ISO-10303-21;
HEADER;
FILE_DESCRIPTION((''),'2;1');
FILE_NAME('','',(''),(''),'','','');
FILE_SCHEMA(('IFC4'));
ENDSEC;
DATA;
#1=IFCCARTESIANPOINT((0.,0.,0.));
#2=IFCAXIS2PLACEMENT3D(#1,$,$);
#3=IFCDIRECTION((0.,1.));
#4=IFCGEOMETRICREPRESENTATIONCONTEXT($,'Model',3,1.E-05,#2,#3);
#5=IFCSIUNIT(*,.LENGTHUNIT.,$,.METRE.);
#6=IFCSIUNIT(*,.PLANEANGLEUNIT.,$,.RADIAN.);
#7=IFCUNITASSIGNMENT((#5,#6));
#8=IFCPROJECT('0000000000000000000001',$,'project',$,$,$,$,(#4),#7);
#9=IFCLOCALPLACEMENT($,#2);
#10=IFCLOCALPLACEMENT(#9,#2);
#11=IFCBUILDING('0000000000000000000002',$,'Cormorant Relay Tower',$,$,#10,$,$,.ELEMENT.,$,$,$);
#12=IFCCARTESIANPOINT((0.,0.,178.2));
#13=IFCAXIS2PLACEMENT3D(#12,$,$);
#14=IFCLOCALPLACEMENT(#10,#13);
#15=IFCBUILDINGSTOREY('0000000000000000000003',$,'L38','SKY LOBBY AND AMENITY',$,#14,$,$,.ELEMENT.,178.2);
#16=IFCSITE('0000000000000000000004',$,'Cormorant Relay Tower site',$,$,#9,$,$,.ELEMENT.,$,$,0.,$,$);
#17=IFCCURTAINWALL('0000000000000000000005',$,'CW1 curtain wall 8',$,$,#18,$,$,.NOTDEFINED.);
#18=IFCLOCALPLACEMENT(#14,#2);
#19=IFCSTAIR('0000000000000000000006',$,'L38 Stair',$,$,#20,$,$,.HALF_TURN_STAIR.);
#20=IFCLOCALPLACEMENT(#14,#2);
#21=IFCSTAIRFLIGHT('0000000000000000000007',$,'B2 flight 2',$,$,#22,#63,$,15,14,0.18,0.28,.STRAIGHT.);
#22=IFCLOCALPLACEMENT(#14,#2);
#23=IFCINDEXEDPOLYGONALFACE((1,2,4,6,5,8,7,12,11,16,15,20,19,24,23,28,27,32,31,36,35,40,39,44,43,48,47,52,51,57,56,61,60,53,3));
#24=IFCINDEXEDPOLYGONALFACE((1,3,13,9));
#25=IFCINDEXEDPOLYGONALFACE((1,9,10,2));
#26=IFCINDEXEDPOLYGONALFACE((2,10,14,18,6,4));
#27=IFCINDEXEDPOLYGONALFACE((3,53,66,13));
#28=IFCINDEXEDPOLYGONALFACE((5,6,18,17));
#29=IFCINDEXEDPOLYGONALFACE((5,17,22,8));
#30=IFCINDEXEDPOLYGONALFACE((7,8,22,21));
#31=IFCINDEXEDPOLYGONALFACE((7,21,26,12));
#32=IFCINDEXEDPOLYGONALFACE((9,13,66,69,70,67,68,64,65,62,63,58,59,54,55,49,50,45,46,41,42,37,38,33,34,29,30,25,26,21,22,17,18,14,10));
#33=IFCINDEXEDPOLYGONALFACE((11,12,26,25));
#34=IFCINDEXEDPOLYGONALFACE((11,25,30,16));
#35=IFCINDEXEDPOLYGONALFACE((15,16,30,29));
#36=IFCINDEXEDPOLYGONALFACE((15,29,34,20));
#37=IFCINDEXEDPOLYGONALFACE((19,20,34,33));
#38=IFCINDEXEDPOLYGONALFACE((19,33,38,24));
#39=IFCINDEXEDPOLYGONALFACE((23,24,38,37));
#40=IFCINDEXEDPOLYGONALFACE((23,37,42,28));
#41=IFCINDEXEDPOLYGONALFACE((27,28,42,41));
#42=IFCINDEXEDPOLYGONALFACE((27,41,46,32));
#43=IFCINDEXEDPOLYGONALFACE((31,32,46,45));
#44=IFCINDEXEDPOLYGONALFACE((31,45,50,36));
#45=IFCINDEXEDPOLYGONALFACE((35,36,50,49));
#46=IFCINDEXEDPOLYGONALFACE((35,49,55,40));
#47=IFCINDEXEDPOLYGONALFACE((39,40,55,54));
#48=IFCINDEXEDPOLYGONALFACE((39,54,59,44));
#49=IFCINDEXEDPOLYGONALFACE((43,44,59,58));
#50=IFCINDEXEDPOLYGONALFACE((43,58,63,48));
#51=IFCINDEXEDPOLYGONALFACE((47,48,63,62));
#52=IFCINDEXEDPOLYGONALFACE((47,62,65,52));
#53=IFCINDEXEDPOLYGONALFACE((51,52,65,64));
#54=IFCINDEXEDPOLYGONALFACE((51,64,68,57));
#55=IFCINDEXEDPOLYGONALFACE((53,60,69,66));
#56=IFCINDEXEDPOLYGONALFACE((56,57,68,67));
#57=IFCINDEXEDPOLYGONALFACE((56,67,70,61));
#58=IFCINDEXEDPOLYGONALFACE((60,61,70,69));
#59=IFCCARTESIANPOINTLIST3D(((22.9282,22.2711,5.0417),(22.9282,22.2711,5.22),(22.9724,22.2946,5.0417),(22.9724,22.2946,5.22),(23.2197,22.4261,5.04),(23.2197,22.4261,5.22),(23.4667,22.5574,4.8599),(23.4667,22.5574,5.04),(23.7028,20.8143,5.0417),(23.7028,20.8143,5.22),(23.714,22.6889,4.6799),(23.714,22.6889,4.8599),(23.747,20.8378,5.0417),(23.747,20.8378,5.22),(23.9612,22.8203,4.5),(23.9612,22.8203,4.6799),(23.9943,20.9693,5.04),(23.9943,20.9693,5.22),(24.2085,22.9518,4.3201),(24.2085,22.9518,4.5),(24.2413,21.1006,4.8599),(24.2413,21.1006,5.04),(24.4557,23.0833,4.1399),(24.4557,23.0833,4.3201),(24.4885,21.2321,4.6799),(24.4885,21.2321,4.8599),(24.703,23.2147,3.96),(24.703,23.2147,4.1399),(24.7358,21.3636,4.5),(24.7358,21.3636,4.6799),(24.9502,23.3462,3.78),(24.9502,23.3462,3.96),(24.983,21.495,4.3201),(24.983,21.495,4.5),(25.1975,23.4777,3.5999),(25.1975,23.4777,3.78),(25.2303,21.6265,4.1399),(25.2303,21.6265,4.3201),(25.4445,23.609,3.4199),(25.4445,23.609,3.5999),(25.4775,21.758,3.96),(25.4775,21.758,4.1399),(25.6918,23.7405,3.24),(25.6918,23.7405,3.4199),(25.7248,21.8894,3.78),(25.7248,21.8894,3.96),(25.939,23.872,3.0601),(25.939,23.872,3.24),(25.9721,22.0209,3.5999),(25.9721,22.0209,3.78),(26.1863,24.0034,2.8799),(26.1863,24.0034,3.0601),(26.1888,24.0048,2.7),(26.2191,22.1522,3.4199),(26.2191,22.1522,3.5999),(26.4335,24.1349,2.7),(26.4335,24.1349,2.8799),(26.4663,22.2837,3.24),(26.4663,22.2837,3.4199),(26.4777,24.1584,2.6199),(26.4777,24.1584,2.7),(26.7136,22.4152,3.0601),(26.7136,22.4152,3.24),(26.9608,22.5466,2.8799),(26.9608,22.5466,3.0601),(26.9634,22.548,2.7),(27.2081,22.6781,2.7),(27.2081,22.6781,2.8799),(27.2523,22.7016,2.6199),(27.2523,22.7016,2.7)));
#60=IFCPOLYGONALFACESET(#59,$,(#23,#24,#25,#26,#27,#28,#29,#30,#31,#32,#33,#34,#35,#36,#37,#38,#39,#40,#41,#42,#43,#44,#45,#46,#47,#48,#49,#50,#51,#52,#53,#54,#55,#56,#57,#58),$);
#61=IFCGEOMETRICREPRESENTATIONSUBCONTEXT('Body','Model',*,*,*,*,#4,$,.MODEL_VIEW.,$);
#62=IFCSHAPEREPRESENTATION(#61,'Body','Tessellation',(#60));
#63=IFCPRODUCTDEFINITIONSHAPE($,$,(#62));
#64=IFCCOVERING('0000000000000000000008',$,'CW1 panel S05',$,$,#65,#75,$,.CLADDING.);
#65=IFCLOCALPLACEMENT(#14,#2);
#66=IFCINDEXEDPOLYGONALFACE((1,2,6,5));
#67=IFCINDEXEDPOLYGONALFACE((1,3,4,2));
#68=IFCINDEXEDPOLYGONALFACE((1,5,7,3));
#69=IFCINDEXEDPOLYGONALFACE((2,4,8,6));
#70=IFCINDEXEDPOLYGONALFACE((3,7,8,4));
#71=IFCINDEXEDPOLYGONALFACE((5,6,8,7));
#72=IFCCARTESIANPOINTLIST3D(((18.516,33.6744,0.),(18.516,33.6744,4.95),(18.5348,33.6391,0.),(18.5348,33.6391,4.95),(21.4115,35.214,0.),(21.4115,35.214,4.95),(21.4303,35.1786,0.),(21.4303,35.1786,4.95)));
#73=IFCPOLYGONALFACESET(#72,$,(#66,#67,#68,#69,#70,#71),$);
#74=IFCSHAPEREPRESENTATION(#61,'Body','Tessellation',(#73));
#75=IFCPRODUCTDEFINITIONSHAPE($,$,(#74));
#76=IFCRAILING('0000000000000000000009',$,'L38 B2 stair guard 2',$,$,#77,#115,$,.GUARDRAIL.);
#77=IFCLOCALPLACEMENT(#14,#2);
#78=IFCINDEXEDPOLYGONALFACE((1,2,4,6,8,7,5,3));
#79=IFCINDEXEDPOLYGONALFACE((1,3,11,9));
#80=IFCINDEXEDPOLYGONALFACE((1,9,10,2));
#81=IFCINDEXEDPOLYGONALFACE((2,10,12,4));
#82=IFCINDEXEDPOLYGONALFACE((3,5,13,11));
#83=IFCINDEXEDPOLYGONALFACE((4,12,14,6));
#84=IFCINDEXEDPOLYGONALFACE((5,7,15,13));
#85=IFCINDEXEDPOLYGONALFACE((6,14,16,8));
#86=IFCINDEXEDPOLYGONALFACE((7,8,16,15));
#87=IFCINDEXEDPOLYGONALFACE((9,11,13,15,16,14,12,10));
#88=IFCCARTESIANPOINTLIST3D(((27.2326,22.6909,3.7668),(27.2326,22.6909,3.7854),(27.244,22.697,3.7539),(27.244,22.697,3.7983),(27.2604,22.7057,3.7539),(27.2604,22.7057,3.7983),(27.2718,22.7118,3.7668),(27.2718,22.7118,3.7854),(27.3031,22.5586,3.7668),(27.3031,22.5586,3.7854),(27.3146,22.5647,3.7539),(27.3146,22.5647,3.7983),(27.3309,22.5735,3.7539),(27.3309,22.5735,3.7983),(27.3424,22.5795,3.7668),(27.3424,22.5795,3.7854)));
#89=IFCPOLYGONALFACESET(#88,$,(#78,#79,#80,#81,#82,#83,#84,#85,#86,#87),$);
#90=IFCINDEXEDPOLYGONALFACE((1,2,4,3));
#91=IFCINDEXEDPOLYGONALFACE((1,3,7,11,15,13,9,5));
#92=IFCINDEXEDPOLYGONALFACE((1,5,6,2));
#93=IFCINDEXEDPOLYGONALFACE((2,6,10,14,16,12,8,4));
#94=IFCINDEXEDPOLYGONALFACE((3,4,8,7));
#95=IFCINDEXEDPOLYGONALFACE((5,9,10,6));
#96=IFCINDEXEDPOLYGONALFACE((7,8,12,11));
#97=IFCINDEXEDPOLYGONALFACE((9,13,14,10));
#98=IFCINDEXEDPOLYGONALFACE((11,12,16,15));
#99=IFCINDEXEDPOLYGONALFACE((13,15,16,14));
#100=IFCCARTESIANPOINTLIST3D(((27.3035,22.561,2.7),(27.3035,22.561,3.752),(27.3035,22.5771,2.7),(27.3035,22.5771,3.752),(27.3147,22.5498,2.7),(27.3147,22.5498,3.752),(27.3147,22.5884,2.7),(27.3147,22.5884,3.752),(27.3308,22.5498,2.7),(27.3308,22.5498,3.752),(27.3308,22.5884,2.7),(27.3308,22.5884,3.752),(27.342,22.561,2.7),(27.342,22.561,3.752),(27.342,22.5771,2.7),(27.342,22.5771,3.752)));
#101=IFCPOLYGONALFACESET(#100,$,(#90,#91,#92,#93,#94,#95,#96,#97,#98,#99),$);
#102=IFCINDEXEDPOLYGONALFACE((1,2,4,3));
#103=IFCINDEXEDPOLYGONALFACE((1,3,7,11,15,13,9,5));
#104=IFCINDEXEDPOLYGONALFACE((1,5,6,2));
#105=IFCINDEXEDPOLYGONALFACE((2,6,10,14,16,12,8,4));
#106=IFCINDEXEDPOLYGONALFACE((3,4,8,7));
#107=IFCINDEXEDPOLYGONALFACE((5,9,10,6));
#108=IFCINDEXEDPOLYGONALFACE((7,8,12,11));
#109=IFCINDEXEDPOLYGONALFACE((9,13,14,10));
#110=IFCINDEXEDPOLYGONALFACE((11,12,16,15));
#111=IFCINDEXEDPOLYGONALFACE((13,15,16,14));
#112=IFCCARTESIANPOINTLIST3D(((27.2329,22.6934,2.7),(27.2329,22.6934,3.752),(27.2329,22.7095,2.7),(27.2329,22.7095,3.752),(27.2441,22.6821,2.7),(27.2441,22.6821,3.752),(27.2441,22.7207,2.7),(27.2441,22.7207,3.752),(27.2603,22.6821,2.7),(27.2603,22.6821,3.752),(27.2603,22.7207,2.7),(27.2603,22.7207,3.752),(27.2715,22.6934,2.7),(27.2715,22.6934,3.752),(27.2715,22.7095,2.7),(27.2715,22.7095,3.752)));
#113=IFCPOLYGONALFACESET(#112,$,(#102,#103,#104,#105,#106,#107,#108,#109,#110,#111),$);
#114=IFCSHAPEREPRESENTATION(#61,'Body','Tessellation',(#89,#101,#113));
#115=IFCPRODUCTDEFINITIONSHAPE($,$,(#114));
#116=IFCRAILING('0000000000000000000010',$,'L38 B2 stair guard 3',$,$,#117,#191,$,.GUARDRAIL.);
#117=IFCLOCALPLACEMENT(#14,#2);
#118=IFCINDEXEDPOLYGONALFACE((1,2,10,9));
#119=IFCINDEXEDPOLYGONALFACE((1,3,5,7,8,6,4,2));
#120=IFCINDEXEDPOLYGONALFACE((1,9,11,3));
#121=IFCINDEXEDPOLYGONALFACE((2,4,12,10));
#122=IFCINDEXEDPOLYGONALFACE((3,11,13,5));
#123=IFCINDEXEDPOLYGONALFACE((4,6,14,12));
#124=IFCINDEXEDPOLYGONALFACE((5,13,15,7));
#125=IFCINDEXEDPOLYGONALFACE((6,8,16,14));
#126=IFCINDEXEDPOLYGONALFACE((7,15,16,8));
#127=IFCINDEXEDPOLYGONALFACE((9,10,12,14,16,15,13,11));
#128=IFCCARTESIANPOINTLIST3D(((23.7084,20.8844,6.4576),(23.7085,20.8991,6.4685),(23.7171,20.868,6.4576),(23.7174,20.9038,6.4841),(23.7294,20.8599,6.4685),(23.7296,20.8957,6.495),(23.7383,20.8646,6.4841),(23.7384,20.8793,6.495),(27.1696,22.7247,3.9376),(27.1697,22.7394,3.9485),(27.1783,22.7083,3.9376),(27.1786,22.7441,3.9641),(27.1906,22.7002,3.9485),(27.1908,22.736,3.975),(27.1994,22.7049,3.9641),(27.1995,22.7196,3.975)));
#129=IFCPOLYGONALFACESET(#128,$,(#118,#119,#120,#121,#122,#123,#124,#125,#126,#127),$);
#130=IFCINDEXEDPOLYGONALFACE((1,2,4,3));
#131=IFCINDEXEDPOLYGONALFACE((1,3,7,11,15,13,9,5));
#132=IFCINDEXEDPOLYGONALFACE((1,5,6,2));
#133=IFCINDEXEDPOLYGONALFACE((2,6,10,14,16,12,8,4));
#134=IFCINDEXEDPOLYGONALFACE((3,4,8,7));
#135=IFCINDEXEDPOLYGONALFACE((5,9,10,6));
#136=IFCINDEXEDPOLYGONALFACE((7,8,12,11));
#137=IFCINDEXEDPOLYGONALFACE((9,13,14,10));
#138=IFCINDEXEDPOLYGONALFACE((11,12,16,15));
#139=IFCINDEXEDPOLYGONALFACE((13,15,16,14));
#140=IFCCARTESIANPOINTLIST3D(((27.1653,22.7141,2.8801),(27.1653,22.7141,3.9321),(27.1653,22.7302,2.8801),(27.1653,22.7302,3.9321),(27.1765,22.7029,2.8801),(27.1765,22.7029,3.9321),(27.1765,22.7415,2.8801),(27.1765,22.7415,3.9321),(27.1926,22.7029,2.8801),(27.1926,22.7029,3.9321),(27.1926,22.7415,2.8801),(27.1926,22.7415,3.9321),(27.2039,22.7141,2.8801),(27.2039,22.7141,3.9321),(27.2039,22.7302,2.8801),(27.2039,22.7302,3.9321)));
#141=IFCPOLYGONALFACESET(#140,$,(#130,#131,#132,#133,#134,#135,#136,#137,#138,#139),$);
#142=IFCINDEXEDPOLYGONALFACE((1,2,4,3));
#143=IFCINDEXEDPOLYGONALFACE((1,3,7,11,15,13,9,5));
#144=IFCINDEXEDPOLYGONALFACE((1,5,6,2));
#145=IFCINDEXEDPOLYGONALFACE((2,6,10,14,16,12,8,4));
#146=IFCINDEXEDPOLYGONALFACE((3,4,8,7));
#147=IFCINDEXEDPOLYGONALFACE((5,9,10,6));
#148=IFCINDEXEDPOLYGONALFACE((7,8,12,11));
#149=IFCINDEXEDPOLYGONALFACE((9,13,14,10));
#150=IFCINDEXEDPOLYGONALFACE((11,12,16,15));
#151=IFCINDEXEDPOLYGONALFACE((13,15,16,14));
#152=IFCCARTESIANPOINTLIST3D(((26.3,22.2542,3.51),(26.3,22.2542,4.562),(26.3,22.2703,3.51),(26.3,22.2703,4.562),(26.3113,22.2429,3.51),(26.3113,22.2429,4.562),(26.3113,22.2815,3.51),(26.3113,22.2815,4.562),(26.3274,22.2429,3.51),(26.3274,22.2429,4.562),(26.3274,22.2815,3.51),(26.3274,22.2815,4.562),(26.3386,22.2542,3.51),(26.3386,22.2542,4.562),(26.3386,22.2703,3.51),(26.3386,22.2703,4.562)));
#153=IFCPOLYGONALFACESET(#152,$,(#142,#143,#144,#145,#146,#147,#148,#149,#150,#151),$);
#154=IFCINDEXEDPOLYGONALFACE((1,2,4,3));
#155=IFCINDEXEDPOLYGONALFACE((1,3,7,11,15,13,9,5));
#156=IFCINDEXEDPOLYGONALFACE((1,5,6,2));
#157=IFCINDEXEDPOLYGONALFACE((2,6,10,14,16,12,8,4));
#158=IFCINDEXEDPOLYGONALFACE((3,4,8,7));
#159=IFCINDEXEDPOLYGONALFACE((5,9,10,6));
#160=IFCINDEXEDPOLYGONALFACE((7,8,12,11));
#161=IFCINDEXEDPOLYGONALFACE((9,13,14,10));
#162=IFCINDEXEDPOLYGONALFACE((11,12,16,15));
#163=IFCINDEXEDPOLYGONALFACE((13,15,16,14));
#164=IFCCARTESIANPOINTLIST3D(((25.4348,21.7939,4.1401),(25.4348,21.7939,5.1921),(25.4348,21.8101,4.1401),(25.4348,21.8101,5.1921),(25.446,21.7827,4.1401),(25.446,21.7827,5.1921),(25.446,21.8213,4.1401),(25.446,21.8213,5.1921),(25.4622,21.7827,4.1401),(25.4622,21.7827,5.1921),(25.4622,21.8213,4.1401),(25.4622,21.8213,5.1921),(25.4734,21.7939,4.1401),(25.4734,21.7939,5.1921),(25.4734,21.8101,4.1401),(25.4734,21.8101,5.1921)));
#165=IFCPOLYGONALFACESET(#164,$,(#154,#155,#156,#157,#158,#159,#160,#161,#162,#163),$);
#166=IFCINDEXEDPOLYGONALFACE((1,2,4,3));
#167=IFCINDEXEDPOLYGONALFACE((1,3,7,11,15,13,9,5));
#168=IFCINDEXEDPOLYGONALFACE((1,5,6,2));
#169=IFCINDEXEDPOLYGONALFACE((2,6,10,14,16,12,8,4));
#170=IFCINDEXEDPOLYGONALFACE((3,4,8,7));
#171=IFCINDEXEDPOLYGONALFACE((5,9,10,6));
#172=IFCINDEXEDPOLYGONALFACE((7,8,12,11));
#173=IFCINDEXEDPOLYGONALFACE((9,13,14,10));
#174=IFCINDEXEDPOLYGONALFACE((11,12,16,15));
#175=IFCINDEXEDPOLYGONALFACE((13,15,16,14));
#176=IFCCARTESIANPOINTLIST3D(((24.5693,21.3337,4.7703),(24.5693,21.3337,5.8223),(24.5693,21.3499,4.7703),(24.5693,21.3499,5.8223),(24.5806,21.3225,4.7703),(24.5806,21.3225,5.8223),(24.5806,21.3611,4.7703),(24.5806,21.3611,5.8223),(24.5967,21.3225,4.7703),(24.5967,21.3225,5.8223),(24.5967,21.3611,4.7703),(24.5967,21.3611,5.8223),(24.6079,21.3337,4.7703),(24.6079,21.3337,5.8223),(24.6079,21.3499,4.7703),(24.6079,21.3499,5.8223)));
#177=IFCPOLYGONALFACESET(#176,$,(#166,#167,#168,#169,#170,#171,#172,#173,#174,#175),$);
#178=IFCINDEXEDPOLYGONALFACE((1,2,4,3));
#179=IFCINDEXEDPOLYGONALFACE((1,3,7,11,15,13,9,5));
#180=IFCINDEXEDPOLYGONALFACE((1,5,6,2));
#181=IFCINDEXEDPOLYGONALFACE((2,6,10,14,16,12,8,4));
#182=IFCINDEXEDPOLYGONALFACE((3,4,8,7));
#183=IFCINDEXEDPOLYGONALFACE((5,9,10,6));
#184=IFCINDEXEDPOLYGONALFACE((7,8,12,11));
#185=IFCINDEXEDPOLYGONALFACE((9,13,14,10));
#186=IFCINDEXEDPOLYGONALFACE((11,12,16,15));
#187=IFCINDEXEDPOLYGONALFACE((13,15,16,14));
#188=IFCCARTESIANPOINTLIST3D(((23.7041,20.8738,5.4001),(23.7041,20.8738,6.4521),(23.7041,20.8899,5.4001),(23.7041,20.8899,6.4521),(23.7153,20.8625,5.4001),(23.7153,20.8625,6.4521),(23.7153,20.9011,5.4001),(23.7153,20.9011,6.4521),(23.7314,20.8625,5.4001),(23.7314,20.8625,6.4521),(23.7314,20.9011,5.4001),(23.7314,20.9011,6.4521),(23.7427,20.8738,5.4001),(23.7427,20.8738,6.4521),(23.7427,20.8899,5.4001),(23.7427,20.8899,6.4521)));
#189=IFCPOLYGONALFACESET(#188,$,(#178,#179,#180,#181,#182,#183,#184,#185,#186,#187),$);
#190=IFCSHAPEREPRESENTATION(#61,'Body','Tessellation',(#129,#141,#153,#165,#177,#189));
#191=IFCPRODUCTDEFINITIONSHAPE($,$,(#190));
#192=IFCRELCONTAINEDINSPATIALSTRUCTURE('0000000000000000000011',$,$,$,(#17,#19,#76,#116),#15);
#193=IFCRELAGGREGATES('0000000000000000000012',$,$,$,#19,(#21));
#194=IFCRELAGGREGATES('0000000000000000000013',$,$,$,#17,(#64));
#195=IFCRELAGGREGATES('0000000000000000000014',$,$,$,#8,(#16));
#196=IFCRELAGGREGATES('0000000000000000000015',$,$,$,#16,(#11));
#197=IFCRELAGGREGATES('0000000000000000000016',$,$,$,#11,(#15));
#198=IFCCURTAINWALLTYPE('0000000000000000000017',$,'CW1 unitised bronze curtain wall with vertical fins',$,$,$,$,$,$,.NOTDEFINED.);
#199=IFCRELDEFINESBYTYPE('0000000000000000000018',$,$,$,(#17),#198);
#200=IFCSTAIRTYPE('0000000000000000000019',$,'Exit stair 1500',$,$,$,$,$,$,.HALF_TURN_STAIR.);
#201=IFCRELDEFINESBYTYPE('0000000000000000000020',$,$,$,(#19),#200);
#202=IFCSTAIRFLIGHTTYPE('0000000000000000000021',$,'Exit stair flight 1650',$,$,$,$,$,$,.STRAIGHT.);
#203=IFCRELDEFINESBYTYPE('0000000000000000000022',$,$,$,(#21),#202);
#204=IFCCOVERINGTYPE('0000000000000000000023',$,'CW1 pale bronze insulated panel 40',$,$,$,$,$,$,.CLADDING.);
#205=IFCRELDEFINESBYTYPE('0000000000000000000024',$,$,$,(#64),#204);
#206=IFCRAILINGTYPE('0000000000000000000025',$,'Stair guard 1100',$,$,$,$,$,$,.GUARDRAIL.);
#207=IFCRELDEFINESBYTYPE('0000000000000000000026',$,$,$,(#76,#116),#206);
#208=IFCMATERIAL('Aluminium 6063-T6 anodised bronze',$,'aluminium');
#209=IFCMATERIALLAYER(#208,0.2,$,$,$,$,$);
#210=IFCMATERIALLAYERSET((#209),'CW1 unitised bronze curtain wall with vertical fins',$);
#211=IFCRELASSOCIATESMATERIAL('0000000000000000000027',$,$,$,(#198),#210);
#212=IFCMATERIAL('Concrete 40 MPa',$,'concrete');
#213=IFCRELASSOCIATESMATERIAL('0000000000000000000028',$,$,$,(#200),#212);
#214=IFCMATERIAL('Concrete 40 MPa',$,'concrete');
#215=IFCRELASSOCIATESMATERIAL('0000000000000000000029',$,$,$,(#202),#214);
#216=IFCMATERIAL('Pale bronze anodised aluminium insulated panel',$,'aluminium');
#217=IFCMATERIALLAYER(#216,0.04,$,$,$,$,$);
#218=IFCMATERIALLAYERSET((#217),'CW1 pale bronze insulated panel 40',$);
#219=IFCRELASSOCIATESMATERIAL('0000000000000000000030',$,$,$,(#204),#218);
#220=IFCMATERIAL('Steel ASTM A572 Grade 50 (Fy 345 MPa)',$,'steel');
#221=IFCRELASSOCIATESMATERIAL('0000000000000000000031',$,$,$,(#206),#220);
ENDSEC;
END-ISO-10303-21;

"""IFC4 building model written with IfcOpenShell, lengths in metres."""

from ifc_helpers import new_model, si_unit, direction, frame, origin, origin_2d, place, context, subcontext, project, spatial, polyline, rectangle, outline, extrude, material, layer, layer_set, type_object, element, aggregate, save


model = new_model("IFC4")

# Units and contexts
model_context = context("Model", 3, precision=1e-05, world=origin(), true_north=direction((0.0, 1.0)))
body_context = subcontext(model_context, "Body", "Model", "MODEL_VIEW")
ifc_project = project(units=[si_unit("LENGTHUNIT", "METRE"), si_unit("PLANEANGLEUNIT", "RADIAN")], contexts=[model_context])

# Site, building, storey
site_placement = place(None, origin())
site = spatial("IfcSite", under=ifc_project, at=site_placement, Name="Cormorant Relay Tower site", CompositionType="ELEMENT", RefElevation=0.0)
building_placement = place(site_placement, origin())
building = spatial("IfcBuilding", under=site, at=building_placement, Name="Cormorant Relay Tower", CompositionType="ELEMENT")
storey_placement = place(building_placement, frame((0.0, 0.0, 178.2)))
storey = spatial("IfcBuildingStorey", under=building, at=storey_placement, Name="L38", Description="SKY LOBBY AND AMENITY", CompositionType="ELEMENT", Elevation=178.2)

# Curtain wall
ifc_material_1 = material(Name="Aluminium 6063-T6 anodised bronze", Category="aluminium")
ifc_layer_1 = layer(ifc_material_1, 0.2)
ifc_layer_set_1 = layer_set([ifc_layer_1], Name="CW1 unitised bronze curtain wall with vertical fins")
curtain_wall_type = type_object("IfcCurtainWallType", Name="CW1 unitised bronze curtain wall with vertical fins", PredefinedType="NOTDEFINED", material=ifc_layer_set_1)
curtain_wall_placement = place(storey_placement, origin())
curtain_wall = element("IfcCurtainWall", 1, at=curtain_wall_placement, inside=storey, type_object=curtain_wall_type, Name="CW1 curtain wall 8", PredefinedType="NOTDEFINED")

# Stair, stair flight
ifc_material_2 = material(Name="Concrete 40 MPa", Category="concrete")
stair_type = type_object("IfcStairType", Name="Exit stair 1500", PredefinedType="HALF_TURN_STAIR", material=ifc_material_2)
stair_placement = place(storey_placement, origin())
stair = element("IfcStair", 2, at=stair_placement, inside=storey, type_object=stair_type, Name="L38 Stair", PredefinedType="HALF_TURN_STAIR")
ifc_material_3 = material(Name="Concrete 40 MPa", Category="concrete")
stair_flight_type = type_object("IfcStairFlightType", Name="Exit stair flight 1650", PredefinedType="STRAIGHT", material=ifc_material_3)
stair_flight_placement = place(storey_placement, frame((26.8208, 23.4065, 2.7), z_axis=(0.0, 0.0, 1.0), x_axis=(-0.882948, -0.469472, 0.0)))
stair_flight = element("IfcStairFlight", 3, at=stair_flight_placement, type_object=stair_flight_type, Name="B2 flight 2", NumberOfRisers=15, NumberOfTreads=14, PredefinedType="STRAIGHT", RiserHeight=0.18, TreadLength=0.28, context=body_context, shape_type="SweptSolid", body=[
    extrude(outline(polyline([(-0.05, -0.0801), (-0.05, 0.0), (0.0, 0.0), (0.0, 0.1799), (0.28, 0.1799), (0.28, 0.3601), (0.5601, 0.3601), (0.5601, 0.54), (0.8401, 0.54), (0.8401, 0.72), (1.1201, 0.72), (1.1201, 0.8999), (1.3999, 0.8999), (1.3999, 1.0801), (1.6799, 1.0801), (1.6799, 1.26), (1.96, 1.26), (1.96, 1.4399), (2.24, 1.4399), (2.24, 1.6201), (2.52, 1.6201), (2.52, 1.8), (2.8, 1.8), (2.8, 1.98), (3.0801, 1.98), (3.0801, 2.1599), (3.3601, 2.1599), (3.3601, 2.3401), (3.6399, 2.3401), (3.6399, 2.52), (3.9199, 2.52), (3.97, 2.52), (3.97, 2.3418), (3.9199, 2.3418), (0.2771, 0.0), (-0.05, -0.0801)])), frame((0.0, 0.825, 0.0), z_axis=(0.0, -1.0, 0.0), x_axis=(1.0, 0.0, 0.0)), (0.0, 0.0, 1.0), 1.6499),
])
aggregate(stair, [stair_flight])

# Covering
ifc_material_4 = material(Name="Pale bronze anodised aluminium insulated panel", Category="aluminium")
ifc_layer_2 = layer(ifc_material_4, 0.04)
ifc_layer_set_2 = layer_set([ifc_layer_2], Name="CW1 pale bronze insulated panel 40")
covering_type = type_object("IfcCoveringType", Name="CW1 pale bronze insulated panel 40", PredefinedType="CLADDING", material=ifc_layer_set_2)
covering_placement = place(storey_placement, frame((19.9731, 34.4265, 0.0), z_axis=(0.0, 0.0, 1.0), x_axis=(-0.882948, -0.469472, 0.0)))
covering = element("IfcCovering", 4, at=covering_placement, type_object=covering_type, Name="CW1 panel S05", PredefinedType="CLADDING", context=body_context, shape_type="SweptSolid", body=[
    extrude(rectangle(XDim=3.2793, YDim=0.04, at=origin_2d()), origin(), (0.0, 0.0, 1.0), 4.95),
])
aggregate(curtain_wall, [covering])

# Railings
ifc_material_5 = material(Name="Steel ASTM A572 Grade 50 (Fy 345 MPa)", Category="steel")
railing_type_1 = type_object("IfcRailingType", Name="Stair guard 1100", PredefinedType="GUARDRAIL", material=ifc_material_5)
railing_1_placement = place(storey_placement, frame((27.3228, 22.5691, 2.7)))
element("IfcRailing", 5, at=railing_1_placement, inside=storey, type_object=railing_type_1, Name="L38 B2 stair guard 2", PredefinedType="GUARDRAIL", context=body_context, shape_type="SweptSolid", body=[
    extrude(outline(polyline([(0.0222, 0.0093), (0.0093, 0.0222), (-0.0093, 0.0222), (-0.0222, 0.0093), (-0.0222, -0.0093), (-0.0093, -0.0222), (0.0093, -0.0222), (0.0222, -0.0093), (0.0222, 0.0093)])), frame((0.0, 0.0, 1.0762), z_axis=(-0.470504, 0.882398, 0.0), x_axis=(-0.882398, -0.470504, 0.0)), (0.0, 0.0, 1.0), 0.1499),
    extrude(outline(polyline([(0.0193, 0.0081), (0.0081, 0.0193), (-0.0081, 0.0193), (-0.0193, 0.0081), (-0.0193, -0.0081), (-0.0081, -0.0193), (0.0081, -0.0193), (0.0193, -0.0081), (0.0193, 0.0081)])), origin(), (0.0, 0.0, 1.0), 1.052),
    extrude(outline(polyline([(0.0193, 0.0081), (0.0081, 0.0193), (-0.0081, 0.0193), (-0.0193, 0.0081), (-0.0193, -0.0081), (-0.0081, -0.0193), (0.0081, -0.0193), (0.0193, -0.0081), (0.0193, 0.0081)])), frame((-0.0706, 0.1323, 0.0)), (0.0, 0.0, 1.0), 1.052),
])
railing_2_placement = place(storey_placement, frame((27.1846, 22.7222, 2.8801)))
element("IfcRailing", 6, at=railing_2_placement, inside=storey, type_object=railing_type_1, Name="L38 B2 stair guard 3", PredefinedType="GUARDRAIL", context=body_context, shape_type="SweptSolid", body=[
    extrude(outline(polyline([(0.0222, 0.0093), (0.0093, 0.0222), (-0.0093, 0.0222), (-0.0222, 0.0093), (-0.0222, -0.0093), (-0.0093, -0.0222), (0.0093, -0.0222), (0.0222, -0.0093), (0.0222, 0.0093)])), frame((0.0, 0.0, 1.0762), z_axis=(-0.742717, -0.394907, 0.540758), x_axis=(0.469469, -0.882949, 0.0)), (0.0, 0.0, 1.0), 4.6602),
    extrude(outline(polyline([(0.0193, 0.0081), (0.0081, 0.0193), (-0.0081, 0.0193), (-0.0193, 0.0081), (-0.0193, -0.0081), (-0.0081, -0.0193), (0.0081, -0.0193), (0.0193, -0.0081), (0.0193, 0.0081)])), origin(), (0.0, 0.0, 1.0), 1.052),
    extrude(outline(polyline([(0.0193, 0.0081), (0.0081, 0.0193), (-0.0081, 0.0193), (-0.0193, 0.0081), (-0.0193, -0.0081), (-0.0081, -0.0193), (0.0081, -0.0193), (0.0193, -0.0081), (0.0193, 0.0081)])), frame((-0.8652, -0.46, 0.6299)), (0.0, 0.0, 1.0), 1.052),
    extrude(outline(polyline([(0.0193, 0.0081), (0.0081, 0.0193), (-0.0081, 0.0193), (-0.0193, 0.0081), (-0.0193, -0.0081), (-0.0081, -0.0193), (0.0081, -0.0193), (0.0193, -0.0081), (0.0193, 0.0081)])), frame((-1.7305, -0.9202, 1.26)), (0.0, 0.0, 1.0), 1.052),
    extrude(outline(polyline([(0.0193, 0.0081), (0.0081, 0.0193), (-0.0081, 0.0193), (-0.0193, 0.0081), (-0.0193, -0.0081), (-0.0081, -0.0193), (0.0081, -0.0193), (0.0193, -0.0081), (0.0193, 0.0081)])), frame((-2.5959, -1.3804, 1.8901)), (0.0, 0.0, 1.0), 1.052),
    extrude(outline(polyline([(0.0193, 0.0081), (0.0081, 0.0193), (-0.0081, 0.0193), (-0.0193, 0.0081), (-0.0193, -0.0081), (-0.0081, -0.0193), (0.0081, -0.0193), (0.0193, -0.0081), (0.0193, 0.0081)])), frame((-3.4612, -1.8403, 2.52)), (0.0, 0.0, 1.0), 1.052),
])

save(model, "model.ifc")
